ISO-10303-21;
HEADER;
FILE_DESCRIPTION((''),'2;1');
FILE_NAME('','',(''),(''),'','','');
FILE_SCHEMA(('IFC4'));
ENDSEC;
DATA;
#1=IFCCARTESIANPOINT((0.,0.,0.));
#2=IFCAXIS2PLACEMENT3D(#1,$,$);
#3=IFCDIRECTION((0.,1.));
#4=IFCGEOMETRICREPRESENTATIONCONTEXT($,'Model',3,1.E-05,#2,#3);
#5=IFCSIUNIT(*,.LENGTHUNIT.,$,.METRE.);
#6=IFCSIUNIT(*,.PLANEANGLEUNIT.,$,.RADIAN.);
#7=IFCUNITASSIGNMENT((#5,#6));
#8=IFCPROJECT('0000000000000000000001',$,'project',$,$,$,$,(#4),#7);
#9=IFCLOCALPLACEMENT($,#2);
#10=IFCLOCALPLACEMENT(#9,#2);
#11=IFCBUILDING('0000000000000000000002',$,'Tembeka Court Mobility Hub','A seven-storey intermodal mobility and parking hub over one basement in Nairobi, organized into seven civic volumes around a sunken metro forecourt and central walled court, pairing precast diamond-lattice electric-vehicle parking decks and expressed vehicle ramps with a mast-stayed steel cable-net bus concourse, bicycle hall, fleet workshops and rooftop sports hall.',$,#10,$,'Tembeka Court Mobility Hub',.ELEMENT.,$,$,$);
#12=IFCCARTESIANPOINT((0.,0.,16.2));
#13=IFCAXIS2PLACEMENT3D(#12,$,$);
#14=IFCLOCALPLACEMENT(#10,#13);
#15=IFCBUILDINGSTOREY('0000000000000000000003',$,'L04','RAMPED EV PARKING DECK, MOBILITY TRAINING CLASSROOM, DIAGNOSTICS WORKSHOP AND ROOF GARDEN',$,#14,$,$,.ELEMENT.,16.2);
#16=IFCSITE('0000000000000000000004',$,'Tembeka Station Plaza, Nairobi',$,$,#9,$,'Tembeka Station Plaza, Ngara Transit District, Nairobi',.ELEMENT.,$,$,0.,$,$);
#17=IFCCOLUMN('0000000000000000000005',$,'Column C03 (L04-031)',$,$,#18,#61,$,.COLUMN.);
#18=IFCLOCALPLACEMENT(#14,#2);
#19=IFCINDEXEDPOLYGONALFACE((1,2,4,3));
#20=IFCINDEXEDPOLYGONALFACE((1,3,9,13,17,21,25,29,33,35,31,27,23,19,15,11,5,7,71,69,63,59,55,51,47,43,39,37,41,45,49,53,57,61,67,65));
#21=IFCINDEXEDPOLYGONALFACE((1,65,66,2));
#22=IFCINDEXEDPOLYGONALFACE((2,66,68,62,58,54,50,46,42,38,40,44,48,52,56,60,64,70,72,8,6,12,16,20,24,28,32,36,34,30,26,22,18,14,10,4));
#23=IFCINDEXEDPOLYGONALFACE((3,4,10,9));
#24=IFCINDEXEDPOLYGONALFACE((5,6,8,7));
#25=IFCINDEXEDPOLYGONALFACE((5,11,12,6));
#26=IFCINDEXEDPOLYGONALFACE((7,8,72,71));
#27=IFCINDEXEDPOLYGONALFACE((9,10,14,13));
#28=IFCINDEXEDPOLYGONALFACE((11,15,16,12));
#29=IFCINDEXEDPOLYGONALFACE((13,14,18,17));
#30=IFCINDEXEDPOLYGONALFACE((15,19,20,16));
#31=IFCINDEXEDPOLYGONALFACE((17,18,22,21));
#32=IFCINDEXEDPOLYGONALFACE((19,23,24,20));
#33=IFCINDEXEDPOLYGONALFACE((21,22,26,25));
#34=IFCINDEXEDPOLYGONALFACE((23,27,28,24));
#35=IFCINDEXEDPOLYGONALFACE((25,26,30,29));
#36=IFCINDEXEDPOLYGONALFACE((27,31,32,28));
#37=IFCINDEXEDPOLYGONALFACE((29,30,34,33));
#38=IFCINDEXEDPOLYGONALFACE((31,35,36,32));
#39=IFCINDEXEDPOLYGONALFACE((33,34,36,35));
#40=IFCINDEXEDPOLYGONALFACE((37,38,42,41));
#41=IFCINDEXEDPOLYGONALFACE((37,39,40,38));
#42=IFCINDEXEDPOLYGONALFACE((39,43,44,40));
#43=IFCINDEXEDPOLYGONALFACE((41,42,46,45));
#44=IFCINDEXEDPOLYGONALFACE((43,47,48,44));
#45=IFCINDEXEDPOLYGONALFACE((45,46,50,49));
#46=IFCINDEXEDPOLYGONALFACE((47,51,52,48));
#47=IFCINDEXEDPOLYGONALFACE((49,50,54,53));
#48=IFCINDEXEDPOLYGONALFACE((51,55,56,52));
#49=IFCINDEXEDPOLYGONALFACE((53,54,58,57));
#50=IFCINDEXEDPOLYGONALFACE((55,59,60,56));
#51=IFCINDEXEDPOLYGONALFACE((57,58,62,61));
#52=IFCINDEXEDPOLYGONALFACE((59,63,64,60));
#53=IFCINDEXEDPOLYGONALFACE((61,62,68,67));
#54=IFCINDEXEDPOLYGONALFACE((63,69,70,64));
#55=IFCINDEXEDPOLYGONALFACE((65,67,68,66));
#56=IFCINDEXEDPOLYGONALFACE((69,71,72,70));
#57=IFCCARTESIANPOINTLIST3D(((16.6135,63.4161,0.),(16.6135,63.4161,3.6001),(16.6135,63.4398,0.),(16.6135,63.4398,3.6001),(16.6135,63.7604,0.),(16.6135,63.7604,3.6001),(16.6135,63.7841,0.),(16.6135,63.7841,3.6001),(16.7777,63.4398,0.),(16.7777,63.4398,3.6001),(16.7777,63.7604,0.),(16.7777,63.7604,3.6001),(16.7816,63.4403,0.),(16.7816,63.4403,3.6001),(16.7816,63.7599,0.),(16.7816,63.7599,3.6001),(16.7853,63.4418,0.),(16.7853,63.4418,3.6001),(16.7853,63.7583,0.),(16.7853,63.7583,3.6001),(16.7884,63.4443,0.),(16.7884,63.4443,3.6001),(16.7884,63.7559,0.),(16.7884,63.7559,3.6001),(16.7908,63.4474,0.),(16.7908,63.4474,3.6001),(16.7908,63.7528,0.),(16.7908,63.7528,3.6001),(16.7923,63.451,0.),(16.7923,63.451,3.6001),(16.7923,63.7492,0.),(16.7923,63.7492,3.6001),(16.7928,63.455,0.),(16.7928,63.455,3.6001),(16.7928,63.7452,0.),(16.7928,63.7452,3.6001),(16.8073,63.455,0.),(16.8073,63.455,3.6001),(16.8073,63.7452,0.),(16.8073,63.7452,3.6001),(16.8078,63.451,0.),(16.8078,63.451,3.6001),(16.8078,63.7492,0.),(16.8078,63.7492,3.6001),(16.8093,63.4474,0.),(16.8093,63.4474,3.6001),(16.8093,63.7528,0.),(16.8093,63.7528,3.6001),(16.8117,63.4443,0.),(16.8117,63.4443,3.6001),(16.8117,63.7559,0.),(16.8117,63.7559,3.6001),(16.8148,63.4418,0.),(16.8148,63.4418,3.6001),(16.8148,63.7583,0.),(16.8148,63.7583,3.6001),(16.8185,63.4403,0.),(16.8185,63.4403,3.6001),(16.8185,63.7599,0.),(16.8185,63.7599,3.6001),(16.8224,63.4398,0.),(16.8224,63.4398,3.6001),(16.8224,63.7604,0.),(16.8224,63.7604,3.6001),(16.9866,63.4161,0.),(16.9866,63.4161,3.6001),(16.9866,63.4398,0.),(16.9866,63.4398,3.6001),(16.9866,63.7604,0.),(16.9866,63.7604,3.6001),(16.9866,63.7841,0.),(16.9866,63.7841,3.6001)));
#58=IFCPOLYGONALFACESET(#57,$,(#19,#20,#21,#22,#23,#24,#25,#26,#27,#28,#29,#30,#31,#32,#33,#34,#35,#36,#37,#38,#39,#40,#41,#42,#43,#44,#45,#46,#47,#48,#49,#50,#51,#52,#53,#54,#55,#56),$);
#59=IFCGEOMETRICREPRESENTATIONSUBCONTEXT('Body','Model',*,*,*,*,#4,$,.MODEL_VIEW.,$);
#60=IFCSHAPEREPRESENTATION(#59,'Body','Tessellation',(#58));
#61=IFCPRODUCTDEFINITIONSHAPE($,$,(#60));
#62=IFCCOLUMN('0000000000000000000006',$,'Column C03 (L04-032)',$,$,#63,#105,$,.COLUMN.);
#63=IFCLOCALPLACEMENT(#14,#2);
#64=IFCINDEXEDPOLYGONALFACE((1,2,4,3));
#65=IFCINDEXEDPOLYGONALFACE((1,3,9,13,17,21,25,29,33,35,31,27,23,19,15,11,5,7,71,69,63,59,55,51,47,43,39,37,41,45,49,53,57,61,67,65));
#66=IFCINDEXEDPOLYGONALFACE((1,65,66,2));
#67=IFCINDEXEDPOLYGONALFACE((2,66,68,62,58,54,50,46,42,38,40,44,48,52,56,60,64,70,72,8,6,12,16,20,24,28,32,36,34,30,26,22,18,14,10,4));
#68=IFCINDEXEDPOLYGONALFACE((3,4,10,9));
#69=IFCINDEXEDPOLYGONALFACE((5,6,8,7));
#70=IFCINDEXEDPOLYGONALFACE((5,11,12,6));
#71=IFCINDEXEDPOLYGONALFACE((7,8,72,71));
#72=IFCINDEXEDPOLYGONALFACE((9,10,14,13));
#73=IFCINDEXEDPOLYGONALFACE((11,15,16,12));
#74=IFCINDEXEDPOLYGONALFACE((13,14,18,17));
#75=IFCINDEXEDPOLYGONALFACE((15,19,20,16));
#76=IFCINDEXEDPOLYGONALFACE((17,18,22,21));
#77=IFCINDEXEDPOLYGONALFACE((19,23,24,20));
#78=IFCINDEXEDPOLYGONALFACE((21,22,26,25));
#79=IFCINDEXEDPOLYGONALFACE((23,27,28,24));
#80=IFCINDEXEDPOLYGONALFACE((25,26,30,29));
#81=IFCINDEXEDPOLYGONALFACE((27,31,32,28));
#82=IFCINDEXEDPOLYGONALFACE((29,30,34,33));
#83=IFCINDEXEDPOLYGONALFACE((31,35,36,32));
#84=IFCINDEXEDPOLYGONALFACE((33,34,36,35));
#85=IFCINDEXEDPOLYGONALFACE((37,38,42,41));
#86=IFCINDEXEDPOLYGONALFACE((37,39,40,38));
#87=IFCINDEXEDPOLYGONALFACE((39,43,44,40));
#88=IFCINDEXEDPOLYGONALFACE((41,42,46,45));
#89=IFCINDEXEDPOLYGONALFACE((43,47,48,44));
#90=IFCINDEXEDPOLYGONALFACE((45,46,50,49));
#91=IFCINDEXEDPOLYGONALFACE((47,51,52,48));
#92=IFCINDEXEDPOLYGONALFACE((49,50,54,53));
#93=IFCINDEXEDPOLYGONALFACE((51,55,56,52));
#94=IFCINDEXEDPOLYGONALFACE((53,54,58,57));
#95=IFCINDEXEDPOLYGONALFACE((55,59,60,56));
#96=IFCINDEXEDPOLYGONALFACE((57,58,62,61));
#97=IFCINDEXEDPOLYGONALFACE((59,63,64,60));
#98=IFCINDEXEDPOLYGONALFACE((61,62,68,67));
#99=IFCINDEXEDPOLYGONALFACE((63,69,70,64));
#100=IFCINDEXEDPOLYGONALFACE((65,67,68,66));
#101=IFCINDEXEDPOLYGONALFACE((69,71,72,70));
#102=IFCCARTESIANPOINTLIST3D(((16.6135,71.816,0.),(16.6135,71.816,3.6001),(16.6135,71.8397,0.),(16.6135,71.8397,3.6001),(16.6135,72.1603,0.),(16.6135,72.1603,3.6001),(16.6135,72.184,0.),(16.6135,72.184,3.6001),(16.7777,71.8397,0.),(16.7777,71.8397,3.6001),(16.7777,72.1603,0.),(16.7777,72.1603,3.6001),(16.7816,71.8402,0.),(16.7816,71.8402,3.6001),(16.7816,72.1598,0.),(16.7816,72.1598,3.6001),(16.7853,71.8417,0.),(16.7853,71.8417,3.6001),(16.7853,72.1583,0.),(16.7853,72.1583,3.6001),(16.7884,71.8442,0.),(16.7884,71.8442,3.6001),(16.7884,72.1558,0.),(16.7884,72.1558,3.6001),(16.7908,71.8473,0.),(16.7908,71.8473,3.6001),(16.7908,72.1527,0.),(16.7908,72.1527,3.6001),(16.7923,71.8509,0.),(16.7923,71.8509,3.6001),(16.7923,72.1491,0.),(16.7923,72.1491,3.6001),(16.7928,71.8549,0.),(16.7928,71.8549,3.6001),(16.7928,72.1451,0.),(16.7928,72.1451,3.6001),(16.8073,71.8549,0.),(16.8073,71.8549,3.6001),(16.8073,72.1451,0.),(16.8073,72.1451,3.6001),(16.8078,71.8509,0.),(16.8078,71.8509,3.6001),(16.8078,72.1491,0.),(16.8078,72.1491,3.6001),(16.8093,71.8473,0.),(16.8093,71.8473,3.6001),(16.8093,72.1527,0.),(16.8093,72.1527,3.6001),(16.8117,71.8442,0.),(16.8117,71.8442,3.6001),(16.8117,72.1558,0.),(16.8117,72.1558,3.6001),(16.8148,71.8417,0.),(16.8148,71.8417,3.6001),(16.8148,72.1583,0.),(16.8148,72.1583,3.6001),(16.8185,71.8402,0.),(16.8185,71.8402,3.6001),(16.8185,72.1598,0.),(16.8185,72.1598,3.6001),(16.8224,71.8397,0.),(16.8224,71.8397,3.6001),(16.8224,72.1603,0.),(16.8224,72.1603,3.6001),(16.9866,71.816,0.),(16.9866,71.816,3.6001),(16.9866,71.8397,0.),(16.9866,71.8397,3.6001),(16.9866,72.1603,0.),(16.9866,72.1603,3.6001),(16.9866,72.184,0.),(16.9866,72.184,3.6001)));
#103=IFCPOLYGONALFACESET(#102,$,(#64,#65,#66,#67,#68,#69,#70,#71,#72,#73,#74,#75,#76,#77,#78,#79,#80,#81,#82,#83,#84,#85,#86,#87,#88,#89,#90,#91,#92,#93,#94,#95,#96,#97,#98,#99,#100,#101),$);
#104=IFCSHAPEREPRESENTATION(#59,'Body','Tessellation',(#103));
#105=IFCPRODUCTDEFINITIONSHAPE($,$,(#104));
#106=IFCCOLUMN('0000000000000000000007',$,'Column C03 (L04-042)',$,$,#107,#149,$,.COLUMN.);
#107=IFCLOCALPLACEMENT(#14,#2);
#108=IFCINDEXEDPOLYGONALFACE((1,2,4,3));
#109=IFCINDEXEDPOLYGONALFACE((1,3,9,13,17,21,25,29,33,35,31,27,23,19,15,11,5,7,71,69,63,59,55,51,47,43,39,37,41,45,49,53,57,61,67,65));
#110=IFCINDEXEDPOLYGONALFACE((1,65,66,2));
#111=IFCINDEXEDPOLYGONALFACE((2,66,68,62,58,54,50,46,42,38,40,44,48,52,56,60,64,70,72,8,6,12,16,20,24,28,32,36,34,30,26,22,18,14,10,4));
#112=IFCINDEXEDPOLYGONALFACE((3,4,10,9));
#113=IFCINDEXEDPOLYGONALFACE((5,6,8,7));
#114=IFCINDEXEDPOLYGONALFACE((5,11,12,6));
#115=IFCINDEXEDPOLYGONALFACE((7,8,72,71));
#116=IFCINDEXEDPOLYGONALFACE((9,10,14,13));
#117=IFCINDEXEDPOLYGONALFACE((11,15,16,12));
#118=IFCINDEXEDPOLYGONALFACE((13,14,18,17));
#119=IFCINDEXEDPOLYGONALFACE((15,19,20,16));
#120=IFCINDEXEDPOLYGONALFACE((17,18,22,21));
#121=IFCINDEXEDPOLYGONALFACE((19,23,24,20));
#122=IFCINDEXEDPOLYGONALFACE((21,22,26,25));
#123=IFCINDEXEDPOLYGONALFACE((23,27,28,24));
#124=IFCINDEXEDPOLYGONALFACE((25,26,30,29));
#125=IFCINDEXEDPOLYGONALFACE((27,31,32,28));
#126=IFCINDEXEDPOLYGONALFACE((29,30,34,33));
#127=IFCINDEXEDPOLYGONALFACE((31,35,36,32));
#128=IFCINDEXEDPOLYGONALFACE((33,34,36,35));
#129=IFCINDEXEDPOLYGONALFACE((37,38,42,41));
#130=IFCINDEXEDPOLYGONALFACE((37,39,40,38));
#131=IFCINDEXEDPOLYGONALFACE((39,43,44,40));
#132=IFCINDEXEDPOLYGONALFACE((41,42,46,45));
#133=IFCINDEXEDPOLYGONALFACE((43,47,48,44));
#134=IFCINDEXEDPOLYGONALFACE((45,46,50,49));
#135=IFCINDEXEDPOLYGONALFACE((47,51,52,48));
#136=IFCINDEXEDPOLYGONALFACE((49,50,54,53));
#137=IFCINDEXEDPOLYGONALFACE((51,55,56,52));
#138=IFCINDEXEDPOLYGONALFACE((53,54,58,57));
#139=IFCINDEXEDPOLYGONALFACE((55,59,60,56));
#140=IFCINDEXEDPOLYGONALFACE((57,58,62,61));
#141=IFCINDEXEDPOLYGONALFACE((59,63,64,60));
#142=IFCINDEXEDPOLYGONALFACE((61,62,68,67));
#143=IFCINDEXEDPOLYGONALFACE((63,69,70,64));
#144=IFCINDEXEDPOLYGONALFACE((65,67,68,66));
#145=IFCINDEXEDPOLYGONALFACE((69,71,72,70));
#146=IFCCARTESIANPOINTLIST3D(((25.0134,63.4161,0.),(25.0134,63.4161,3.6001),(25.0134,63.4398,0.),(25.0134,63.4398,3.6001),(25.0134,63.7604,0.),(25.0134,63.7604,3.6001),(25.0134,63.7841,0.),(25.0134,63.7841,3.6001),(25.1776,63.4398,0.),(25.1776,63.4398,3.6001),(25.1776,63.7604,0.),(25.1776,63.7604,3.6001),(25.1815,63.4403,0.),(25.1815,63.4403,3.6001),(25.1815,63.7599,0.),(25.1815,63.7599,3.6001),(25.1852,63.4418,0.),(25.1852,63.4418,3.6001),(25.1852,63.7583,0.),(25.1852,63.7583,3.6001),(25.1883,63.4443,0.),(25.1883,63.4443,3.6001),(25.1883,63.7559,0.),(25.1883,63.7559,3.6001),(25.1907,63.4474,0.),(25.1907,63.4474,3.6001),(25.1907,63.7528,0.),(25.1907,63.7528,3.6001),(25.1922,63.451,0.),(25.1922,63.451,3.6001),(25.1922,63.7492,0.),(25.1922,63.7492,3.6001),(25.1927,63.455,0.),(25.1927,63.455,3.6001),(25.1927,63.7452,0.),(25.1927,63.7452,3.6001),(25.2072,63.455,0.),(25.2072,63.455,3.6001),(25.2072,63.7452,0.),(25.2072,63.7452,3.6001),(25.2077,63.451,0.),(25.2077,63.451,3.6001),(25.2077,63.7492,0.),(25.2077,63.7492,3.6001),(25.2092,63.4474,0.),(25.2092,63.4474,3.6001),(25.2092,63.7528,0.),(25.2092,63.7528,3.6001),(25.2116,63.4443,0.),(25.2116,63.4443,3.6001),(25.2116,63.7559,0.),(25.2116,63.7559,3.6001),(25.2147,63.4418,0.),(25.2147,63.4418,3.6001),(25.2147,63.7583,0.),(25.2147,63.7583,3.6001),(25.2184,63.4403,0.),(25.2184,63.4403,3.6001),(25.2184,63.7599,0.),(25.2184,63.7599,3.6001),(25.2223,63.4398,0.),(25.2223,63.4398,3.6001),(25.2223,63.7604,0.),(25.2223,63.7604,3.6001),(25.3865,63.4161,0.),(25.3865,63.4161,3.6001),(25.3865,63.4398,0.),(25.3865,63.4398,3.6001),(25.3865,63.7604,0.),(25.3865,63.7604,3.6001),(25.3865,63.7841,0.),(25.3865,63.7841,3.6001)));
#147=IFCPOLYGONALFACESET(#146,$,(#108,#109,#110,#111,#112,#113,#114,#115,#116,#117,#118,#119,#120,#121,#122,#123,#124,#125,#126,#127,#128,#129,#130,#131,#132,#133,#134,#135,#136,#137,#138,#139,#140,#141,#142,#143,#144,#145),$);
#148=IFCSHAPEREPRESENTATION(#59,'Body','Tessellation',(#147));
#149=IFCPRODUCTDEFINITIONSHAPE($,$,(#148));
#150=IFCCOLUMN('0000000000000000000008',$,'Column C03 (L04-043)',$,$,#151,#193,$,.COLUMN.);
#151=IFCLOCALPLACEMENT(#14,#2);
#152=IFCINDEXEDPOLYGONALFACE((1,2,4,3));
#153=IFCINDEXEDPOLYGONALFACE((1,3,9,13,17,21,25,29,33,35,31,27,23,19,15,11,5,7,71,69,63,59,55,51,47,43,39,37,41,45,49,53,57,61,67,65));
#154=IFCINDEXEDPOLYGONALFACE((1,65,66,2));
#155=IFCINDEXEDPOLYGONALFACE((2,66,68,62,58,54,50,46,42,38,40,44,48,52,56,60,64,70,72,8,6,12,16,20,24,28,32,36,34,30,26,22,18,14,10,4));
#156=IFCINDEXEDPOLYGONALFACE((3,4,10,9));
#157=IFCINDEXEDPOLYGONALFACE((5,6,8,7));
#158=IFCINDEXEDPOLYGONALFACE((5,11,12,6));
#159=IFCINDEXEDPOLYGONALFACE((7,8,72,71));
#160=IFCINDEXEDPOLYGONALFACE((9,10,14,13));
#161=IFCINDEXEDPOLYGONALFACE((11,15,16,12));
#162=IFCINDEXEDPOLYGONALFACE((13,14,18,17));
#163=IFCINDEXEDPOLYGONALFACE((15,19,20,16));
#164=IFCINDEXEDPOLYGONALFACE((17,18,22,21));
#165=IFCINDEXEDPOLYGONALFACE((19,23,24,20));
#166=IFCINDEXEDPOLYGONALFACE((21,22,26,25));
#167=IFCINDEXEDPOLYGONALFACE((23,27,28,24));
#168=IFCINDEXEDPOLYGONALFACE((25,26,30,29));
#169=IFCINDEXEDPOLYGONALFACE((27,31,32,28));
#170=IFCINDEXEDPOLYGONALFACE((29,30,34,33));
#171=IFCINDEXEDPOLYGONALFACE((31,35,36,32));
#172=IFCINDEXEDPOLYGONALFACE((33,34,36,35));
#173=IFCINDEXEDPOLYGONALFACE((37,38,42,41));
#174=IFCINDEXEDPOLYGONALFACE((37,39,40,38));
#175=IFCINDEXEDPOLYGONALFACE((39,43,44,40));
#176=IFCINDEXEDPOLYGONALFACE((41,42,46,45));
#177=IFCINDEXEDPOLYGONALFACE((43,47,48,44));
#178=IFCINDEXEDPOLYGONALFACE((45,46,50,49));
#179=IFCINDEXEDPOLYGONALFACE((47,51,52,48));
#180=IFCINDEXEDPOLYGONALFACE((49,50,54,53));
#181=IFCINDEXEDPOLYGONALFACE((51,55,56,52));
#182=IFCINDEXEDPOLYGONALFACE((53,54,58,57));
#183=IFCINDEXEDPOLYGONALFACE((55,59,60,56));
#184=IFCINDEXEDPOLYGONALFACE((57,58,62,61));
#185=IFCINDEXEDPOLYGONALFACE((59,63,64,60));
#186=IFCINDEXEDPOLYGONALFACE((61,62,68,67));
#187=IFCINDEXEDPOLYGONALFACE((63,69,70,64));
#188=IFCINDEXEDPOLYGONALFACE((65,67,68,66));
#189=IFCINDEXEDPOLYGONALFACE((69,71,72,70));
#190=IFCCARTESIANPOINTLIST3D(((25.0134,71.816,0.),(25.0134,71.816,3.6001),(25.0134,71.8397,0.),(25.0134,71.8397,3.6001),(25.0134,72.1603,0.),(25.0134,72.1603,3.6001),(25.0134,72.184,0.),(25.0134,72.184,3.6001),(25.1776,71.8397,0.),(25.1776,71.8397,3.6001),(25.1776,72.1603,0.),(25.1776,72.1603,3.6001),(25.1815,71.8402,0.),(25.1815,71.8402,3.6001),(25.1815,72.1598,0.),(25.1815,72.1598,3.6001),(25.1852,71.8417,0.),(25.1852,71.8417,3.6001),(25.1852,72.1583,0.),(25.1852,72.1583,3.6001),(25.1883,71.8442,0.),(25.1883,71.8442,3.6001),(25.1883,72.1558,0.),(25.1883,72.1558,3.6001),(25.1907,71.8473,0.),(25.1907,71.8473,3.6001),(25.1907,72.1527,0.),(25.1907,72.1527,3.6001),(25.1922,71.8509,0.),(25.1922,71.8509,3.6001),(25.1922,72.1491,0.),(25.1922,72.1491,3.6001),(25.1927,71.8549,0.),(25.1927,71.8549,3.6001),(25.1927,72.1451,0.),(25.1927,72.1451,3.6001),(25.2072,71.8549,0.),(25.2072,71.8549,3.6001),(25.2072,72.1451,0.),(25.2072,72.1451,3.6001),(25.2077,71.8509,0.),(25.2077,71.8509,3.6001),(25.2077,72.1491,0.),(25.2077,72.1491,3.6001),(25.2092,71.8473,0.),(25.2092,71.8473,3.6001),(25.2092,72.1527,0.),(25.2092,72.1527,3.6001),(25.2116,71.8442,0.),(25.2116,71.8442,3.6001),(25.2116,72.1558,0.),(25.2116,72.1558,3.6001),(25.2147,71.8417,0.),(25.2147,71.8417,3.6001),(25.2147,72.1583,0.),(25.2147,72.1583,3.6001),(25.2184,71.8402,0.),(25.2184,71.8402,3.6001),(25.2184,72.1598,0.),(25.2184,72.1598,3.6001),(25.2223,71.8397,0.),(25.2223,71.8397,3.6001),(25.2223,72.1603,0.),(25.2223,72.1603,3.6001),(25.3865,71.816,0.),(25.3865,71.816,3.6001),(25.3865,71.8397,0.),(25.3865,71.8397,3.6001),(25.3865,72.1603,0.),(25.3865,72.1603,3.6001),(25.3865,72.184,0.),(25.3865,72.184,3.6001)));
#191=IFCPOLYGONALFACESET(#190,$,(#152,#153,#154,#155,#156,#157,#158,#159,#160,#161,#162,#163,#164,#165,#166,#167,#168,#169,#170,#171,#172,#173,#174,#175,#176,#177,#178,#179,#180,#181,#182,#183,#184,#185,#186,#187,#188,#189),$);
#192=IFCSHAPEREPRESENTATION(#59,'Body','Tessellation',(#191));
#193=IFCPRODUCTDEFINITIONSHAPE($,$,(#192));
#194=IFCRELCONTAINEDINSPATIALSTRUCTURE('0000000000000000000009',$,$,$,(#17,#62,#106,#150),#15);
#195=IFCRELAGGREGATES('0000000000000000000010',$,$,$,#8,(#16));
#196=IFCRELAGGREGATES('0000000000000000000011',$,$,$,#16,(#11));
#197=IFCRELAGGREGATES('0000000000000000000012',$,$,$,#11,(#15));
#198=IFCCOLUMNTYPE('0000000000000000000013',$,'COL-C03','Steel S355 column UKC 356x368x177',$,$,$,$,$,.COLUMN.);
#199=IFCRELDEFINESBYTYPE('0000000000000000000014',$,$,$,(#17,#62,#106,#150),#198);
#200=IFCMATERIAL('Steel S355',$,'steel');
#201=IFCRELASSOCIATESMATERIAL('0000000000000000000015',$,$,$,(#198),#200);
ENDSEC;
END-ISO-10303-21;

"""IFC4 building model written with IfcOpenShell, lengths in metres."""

from ifc_helpers import new_model, si_unit, direction, frame, origin, origin_2d, place, context, subcontext, project, spatial, i_section, extrude, material, material_profile, profile_set, type_object, element, save


model = new_model("IFC4")

# Units and contexts
model_context = context("Model", 3, precision=1e-05, world=origin(), true_north=direction((0.0, 1.0)))
body_context = subcontext(model_context, "Body", "Model", "MODEL_VIEW")
ifc_project = project(units=[si_unit("LENGTHUNIT", "METRE"), si_unit("PLANEANGLEUNIT", "RADIAN")], contexts=[model_context])

# Site, building, storey
site_placement = place(None, origin())
site = spatial("IfcSite", under=ifc_project, at=site_placement, Name="Tembeka Station Plaza, Nairobi", LongName="Tembeka Station Plaza, Ngara Transit District, Nairobi", CompositionType="ELEMENT", RefElevation=0.0)
building_placement = place(site_placement, origin())
building = spatial("IfcBuilding", under=site, at=building_placement, Name="Tembeka Court Mobility Hub", Description="A seven-storey intermodal mobility and parking hub over one basement in Nairobi, organized into seven civic volumes around a sunken metro forecourt and central walled court, pairing precast diamond-lattice electric-vehicle parking decks and expressed vehicle ramps with a mast-stayed steel cable-net bus concourse, bicycle hall, fleet workshops and rooftop sports hall.", LongName="Tembeka Court Mobility Hub", CompositionType="ELEMENT")
storey_placement = place(building_placement, frame((0.0, 0.0, 16.2)))
storey = spatial("IfcBuildingStorey", under=building, at=storey_placement, Name="L04", Description="RAMPED EV PARKING DECK, MOBILITY TRAINING CLASSROOM, DIAGNOSTICS WORKSHOP AND ROOF GARDEN", CompositionType="ELEMENT", Elevation=16.2)

# Columns
ifc_material_1 = material(Name="Steel S355", Category="steel")
ifc_material_profile_1 = material_profile(ifc_material_1, i_section(OverallWidth=0.373, OverallDepth=0.3679, WebThickness=0.0144, FlangeThickness=0.0237, FilletRadius=0.0151, at=origin_2d()), Name="UKC 356x368x177")
ifc_profile_set_1 = profile_set([ifc_material_profile_1], Name="Steel S355")
column_type = type_object("IfcColumnType", Name="COL-C03", Description="Steel S355 column UKC 356x368x177", PredefinedType="COLUMN", material=ifc_profile_set_1)
for number, where, z_axis, x_axis, name in (
    (1, (16.8, 63.6001, 0.0), (0.0, 0.0, 1.0), (1.0, 0.0, 0.0), "Column C03 (L04-031)"),
    (2, (16.8, 72.0, 0.0), (0.0, 0.0, 1.0), (1.0, 0.0, 0.0), "Column C03 (L04-032)"),
    (3, (25.2, 63.6001, 0.0), (0.0, 0.0, 1.0), (1.0, 0.0, 0.0), "Column C03 (L04-042)"),
    (4, (25.2, 72.0, 0.0), (0.0, 0.0, 1.0), (1.0, 0.0, 0.0), "Column C03 (L04-043)"),
):
    element("IfcColumn", number, at=place(storey_placement, frame(where, z_axis=z_axis, x_axis=x_axis)), inside=storey, type_object=column_type, Name=name, PredefinedType="COLUMN", context=body_context, shape_type="SweptSolid", body=[
        extrude(i_section(OverallWidth=0.373, OverallDepth=0.3679, WebThickness=0.0144, FlangeThickness=0.0237, FilletRadius=0.0151, at=origin_2d()), origin(), (0.0, 0.0, 1.0), 3.6001),
    ])

save(model, "model.ifc")
